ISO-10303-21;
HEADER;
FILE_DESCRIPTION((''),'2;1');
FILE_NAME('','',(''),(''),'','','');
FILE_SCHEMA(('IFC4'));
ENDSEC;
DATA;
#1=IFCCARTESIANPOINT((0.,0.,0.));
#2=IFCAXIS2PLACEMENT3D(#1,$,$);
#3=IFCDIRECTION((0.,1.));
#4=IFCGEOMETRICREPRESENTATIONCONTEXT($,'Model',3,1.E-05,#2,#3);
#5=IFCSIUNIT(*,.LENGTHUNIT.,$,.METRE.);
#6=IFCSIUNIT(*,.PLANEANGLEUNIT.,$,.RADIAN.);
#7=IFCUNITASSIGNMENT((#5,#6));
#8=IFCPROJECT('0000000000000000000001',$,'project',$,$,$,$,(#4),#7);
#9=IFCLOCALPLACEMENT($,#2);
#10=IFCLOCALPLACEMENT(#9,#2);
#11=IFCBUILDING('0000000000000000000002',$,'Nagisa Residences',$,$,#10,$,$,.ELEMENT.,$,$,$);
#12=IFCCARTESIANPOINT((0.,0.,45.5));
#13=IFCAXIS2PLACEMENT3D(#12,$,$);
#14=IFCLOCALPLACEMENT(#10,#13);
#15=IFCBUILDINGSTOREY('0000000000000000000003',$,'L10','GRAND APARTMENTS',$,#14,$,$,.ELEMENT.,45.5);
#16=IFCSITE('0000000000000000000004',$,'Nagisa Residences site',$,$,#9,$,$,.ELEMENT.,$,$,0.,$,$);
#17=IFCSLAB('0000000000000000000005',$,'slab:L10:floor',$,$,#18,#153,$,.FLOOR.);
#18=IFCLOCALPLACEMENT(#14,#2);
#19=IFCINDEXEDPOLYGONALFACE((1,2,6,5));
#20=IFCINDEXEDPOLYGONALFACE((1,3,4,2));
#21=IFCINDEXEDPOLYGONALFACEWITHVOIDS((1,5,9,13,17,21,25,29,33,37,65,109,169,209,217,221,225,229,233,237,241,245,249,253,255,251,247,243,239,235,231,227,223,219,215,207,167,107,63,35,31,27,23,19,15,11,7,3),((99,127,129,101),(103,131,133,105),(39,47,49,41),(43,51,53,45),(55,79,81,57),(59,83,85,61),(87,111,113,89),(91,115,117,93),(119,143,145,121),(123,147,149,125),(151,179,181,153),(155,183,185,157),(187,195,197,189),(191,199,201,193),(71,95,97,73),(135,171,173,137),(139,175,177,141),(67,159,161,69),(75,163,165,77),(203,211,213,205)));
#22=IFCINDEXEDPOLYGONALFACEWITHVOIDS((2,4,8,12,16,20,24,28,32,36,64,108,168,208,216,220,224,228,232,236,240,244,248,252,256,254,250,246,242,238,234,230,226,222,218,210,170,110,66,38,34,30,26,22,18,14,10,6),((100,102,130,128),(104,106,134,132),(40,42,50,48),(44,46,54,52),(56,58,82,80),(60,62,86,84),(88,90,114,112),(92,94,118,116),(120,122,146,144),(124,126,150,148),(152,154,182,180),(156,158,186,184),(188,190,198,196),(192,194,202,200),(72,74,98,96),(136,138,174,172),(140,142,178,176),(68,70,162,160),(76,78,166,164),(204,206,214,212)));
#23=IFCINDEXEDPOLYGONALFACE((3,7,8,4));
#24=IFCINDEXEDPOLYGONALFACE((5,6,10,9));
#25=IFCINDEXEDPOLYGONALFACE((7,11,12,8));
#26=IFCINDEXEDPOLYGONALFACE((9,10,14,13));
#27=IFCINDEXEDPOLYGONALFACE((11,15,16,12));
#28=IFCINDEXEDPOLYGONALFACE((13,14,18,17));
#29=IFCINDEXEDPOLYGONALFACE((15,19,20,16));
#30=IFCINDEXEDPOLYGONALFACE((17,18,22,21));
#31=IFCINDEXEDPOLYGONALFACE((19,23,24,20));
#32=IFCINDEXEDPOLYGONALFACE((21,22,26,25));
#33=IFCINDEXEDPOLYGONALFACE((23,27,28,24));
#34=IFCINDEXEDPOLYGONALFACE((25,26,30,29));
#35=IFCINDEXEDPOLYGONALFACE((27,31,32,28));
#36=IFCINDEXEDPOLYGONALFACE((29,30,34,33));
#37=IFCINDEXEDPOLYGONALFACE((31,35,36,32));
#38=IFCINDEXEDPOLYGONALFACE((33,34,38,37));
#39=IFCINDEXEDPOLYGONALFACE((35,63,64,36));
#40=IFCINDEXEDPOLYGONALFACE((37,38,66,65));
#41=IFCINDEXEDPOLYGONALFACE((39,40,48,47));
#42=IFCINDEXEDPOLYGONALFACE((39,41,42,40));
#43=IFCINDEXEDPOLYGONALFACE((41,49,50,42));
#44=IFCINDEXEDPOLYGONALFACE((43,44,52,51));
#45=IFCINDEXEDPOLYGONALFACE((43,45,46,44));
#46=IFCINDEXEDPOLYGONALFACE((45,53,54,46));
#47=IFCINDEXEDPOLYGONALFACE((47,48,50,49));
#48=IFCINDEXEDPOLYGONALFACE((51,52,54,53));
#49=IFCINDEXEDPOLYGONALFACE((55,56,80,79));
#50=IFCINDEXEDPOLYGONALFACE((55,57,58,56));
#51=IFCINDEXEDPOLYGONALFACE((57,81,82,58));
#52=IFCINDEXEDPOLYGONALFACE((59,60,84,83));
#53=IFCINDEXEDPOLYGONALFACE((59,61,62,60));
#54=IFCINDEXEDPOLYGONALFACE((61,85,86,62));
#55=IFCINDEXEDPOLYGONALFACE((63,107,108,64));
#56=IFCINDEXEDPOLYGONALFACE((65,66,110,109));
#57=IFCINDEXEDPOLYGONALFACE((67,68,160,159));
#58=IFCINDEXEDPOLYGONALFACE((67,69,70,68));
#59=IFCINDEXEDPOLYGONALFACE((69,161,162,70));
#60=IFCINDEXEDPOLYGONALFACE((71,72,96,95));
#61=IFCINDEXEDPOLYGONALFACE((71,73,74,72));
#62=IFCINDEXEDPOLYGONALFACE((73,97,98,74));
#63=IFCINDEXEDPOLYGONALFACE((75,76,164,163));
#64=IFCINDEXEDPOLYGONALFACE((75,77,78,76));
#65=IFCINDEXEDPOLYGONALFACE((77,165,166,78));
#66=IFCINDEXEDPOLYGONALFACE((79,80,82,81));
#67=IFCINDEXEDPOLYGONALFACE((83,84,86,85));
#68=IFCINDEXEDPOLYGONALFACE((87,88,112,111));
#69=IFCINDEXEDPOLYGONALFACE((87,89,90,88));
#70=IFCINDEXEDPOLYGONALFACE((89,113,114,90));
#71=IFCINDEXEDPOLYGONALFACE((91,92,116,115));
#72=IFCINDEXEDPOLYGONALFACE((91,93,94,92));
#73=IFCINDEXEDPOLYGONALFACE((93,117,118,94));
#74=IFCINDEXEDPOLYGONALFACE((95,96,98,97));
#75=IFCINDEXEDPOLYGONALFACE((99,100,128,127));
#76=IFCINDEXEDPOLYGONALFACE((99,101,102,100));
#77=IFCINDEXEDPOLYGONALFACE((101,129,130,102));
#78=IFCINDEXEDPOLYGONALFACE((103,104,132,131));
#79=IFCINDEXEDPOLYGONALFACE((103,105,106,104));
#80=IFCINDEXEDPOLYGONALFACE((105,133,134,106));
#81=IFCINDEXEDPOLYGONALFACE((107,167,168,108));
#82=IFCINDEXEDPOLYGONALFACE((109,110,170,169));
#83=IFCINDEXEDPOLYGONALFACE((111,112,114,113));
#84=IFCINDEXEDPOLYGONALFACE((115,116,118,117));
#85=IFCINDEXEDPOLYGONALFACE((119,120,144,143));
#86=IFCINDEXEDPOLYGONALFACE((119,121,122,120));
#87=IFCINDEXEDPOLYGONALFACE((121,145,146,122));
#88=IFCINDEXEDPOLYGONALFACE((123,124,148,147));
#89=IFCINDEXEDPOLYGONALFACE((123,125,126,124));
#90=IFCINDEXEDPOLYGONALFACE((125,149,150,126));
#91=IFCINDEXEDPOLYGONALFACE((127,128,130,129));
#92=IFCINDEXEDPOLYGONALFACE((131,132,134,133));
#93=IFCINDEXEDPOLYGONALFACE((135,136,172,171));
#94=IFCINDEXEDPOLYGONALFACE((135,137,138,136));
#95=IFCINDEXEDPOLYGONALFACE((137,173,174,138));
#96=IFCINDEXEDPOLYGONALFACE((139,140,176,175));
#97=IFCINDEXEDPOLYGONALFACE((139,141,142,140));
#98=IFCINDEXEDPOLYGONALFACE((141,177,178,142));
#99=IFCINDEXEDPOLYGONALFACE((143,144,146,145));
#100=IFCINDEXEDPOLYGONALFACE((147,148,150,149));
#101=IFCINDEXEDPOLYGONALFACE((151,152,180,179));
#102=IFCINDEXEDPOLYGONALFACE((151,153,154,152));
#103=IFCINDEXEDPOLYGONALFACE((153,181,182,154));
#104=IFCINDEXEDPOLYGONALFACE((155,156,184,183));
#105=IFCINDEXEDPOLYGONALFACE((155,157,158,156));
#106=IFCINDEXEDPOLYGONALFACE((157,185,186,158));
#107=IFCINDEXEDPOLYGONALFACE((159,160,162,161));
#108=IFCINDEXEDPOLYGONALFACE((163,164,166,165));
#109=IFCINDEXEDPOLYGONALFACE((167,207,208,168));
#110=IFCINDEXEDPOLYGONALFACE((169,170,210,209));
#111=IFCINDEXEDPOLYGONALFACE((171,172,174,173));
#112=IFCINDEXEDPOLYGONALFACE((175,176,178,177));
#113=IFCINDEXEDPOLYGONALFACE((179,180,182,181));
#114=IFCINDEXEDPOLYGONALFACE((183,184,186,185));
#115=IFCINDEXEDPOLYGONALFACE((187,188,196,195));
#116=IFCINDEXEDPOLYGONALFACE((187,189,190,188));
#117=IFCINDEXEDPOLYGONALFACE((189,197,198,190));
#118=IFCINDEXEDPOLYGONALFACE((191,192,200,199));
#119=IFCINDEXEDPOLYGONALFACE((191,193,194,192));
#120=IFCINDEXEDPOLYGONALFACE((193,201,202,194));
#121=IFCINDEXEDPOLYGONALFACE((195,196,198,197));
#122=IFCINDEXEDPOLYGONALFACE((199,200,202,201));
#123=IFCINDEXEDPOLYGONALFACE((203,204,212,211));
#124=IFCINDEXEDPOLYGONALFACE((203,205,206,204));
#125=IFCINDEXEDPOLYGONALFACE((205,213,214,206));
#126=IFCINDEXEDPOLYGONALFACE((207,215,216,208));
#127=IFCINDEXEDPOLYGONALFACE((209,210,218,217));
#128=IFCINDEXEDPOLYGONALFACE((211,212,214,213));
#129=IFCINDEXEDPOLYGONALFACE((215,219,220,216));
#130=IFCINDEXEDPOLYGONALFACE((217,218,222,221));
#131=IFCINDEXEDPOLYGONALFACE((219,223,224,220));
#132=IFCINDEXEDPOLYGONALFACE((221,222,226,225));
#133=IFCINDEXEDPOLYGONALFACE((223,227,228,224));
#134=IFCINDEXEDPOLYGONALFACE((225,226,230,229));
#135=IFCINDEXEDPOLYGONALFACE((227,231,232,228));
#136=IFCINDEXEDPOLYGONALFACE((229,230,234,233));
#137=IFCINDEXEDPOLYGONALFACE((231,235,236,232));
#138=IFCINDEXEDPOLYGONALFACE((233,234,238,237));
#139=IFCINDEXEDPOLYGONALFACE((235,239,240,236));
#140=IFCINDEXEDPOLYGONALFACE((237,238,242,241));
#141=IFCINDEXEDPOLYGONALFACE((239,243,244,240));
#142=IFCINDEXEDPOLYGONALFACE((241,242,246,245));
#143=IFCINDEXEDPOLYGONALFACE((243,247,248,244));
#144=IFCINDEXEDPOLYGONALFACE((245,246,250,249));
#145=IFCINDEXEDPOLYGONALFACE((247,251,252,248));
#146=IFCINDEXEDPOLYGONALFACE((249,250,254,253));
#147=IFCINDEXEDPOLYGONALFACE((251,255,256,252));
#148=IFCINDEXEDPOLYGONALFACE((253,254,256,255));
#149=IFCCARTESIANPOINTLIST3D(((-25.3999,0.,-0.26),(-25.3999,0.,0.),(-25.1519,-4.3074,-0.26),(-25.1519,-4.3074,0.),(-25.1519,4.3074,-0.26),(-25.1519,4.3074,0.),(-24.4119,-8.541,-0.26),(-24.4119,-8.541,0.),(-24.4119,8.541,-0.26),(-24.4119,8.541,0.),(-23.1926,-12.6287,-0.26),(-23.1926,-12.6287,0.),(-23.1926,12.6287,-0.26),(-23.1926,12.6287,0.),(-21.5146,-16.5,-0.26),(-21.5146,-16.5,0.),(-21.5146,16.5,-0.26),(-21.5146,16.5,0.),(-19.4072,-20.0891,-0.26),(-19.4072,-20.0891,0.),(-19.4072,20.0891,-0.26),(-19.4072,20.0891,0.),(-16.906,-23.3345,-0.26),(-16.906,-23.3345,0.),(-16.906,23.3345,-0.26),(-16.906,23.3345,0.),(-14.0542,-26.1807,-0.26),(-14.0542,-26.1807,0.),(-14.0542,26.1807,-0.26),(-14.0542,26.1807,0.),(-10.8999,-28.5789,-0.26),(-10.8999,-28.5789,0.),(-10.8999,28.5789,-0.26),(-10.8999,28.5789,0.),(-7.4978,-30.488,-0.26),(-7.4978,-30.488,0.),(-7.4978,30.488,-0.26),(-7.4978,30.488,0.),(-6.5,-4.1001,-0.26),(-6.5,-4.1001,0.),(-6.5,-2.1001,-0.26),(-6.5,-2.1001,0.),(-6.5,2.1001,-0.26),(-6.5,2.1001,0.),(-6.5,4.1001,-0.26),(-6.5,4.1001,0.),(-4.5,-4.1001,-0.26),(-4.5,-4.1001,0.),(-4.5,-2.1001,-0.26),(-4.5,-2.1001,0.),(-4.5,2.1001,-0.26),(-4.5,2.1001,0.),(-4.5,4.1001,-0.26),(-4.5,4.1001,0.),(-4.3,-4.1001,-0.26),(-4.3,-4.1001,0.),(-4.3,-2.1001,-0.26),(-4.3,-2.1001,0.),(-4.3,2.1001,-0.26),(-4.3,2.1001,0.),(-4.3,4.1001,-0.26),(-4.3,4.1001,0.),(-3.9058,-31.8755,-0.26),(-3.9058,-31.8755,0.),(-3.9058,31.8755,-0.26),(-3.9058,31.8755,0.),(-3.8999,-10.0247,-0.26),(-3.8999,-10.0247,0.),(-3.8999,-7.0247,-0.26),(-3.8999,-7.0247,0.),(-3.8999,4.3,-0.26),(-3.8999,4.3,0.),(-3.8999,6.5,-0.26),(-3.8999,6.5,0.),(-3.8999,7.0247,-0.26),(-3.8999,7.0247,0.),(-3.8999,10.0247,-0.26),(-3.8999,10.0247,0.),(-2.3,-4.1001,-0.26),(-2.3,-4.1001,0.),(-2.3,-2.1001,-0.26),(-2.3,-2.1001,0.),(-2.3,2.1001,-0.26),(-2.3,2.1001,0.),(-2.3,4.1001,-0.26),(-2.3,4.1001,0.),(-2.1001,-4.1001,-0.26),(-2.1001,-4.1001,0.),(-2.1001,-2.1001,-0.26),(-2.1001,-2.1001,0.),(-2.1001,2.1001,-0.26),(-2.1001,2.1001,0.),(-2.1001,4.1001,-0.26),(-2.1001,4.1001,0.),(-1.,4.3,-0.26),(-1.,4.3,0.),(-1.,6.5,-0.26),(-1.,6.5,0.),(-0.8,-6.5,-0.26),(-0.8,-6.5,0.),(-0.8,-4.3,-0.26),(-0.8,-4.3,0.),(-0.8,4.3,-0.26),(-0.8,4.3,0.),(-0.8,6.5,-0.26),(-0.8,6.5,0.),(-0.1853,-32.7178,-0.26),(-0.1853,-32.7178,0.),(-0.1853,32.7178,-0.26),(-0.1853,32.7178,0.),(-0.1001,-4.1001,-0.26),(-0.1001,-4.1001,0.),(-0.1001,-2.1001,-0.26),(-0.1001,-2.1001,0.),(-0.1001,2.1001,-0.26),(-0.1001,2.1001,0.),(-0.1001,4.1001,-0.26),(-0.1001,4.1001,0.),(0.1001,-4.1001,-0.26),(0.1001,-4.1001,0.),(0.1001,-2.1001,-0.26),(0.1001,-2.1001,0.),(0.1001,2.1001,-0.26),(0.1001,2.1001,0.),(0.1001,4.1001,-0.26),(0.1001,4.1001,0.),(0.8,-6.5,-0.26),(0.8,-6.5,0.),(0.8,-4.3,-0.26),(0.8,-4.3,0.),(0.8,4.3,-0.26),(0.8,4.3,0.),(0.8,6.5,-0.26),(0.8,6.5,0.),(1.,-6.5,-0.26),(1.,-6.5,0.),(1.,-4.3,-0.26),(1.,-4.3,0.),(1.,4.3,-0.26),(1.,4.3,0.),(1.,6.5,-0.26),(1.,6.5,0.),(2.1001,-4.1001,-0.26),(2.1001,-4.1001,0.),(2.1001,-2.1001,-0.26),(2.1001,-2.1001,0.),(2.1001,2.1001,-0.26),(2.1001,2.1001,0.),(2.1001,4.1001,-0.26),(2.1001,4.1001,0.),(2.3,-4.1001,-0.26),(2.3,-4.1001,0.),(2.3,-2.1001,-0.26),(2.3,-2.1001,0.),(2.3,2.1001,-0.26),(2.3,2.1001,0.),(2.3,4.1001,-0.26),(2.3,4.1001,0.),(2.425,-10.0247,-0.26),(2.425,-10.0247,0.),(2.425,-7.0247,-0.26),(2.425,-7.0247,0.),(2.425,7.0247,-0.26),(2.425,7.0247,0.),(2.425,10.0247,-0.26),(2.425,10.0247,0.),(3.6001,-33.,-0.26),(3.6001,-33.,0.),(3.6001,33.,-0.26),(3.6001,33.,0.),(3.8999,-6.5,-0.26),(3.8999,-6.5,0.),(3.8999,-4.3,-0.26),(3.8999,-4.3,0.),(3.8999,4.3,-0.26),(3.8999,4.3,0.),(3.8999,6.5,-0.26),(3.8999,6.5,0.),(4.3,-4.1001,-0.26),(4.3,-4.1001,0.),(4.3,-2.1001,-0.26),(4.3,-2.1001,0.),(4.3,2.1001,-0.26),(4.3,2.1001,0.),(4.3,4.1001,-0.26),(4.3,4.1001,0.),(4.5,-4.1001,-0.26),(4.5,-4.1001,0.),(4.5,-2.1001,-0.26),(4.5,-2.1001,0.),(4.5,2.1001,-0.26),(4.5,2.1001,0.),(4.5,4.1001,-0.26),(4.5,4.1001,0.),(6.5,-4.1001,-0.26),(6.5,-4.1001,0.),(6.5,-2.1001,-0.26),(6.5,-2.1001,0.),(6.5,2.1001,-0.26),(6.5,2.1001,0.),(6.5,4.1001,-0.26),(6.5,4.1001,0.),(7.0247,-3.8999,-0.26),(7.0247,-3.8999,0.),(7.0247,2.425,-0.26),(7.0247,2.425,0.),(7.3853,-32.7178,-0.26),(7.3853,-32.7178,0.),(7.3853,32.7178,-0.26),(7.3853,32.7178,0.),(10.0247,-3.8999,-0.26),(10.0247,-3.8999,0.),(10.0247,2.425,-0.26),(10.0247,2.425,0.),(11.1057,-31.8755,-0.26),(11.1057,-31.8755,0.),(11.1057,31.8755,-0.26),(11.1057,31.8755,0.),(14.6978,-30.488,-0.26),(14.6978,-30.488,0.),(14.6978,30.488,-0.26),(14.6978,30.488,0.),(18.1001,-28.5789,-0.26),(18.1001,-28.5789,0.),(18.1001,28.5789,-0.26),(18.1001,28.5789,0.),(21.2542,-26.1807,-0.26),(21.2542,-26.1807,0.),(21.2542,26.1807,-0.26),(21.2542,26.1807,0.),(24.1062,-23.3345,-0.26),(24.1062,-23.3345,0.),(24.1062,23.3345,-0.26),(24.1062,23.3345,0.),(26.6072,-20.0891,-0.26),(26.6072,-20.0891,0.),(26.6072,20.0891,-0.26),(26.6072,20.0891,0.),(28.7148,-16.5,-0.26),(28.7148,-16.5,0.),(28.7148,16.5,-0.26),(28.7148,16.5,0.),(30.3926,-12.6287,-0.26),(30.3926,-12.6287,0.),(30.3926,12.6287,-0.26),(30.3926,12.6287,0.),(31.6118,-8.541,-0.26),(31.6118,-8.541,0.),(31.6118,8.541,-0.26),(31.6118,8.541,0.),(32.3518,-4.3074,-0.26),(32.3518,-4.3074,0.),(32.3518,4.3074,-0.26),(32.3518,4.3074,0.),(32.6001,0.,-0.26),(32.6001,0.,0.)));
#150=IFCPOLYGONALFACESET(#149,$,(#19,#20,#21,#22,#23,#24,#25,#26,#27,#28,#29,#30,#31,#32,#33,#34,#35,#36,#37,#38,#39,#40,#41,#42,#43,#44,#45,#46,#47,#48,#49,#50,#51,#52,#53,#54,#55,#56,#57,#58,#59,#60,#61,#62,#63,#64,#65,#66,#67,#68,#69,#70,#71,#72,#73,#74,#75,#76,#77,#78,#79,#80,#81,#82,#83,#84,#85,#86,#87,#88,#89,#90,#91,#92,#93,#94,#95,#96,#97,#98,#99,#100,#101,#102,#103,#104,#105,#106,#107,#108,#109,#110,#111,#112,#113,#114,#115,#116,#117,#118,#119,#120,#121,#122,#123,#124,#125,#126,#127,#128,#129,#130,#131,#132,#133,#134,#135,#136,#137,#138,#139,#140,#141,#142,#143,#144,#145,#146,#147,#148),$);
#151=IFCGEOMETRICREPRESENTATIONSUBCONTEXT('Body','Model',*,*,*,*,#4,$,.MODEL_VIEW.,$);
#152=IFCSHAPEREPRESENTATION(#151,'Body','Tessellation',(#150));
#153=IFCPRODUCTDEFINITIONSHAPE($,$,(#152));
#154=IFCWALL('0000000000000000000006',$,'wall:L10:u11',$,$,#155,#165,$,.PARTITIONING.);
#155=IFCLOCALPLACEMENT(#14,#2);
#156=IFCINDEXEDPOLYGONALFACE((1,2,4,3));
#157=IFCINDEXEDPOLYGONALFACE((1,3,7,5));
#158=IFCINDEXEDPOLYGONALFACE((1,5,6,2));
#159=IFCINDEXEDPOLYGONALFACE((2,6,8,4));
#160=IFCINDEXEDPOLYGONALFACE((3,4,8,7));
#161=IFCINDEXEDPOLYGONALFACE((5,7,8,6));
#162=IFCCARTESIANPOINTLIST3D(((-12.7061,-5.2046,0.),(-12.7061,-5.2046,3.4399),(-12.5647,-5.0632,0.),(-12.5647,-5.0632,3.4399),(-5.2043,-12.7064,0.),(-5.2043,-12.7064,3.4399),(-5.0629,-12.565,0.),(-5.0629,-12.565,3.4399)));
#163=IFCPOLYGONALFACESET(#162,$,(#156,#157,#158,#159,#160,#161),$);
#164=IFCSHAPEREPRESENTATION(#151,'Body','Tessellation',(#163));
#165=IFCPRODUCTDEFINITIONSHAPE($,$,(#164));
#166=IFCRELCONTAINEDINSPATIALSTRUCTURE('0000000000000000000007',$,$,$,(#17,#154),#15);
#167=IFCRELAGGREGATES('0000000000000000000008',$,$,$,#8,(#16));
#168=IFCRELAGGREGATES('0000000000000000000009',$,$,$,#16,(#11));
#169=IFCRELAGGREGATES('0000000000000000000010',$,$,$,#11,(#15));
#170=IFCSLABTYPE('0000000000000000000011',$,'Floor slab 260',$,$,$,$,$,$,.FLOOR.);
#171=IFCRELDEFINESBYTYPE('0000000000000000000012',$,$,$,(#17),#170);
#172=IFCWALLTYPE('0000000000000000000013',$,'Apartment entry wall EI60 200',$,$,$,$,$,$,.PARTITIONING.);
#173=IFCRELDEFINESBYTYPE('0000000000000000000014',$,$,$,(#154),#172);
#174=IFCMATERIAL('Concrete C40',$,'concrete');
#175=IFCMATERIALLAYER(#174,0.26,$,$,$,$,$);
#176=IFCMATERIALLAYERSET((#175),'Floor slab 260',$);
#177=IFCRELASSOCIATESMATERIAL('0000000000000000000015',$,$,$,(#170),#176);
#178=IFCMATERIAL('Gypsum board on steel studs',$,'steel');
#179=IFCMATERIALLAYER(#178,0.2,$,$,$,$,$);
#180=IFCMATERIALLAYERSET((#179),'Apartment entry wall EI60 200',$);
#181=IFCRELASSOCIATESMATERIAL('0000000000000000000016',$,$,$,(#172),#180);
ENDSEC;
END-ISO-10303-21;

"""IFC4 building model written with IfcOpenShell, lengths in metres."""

from ifc_helpers import new_model, si_unit, direction, frame, frame_2d, origin, place, context, subcontext, project, spatial, polyline, rectangle, outline, extrude, material, layer, layer_set, type_object, element, save


model = new_model("IFC4")

# Units and contexts
model_context = context("Model", 3, precision=1e-05, world=origin(), true_north=direction((0.0, 1.0)))
body_context = subcontext(model_context, "Body", "Model", "MODEL_VIEW")
ifc_project = project(units=[si_unit("LENGTHUNIT", "METRE"), si_unit("PLANEANGLEUNIT", "RADIAN")], contexts=[model_context])

# Site, building, storey
site_placement = place(None, origin())
site = spatial("IfcSite", under=ifc_project, at=site_placement, Name="Nagisa Residences site", CompositionType="ELEMENT", RefElevation=0.0)
building_placement = place(site_placement, origin())
building = spatial("IfcBuilding", under=site, at=building_placement, Name="Nagisa Residences", CompositionType="ELEMENT")
storey_placement = place(building_placement, frame((0.0, 0.0, 45.5)))
storey = spatial("IfcBuildingStorey", under=building, at=storey_placement, Name="L10", Description="GRAND APARTMENTS", CompositionType="ELEMENT", Elevation=45.5)

# Slab
ifc_material_1 = material(Name="Concrete C40", Category="concrete")
ifc_layer_1 = layer(ifc_material_1, 0.26)
ifc_layer_set_1 = layer_set([ifc_layer_1], Name="Floor slab 260")
slab_type_1 = type_object("IfcSlabType", Name="Floor slab 260", PredefinedType="FLOOR", material=ifc_layer_set_1)
slab_1_placement = place(storey_placement, frame((0.0, 0.0, -0.26)))
element("IfcSlab", 1, at=slab_1_placement, inside=storey, type_object=slab_type_1, Name="slab:L10:floor", PredefinedType="FLOOR", context=body_context, shape_type="SweptSolid", body=[
    extrude(outline(polyline([(32.6001, 0.0), (32.3518, 4.3074), (31.6118, 8.541), (30.3926, 12.6287), (28.7148, 16.5), (26.6072, 20.0891), (24.1062, 23.3345), (21.2542, 26.1807), (18.1001, 28.5789), (14.6978, 30.488), (11.1057, 31.8755), (7.3853, 32.7178), (3.6001, 33.0), (-0.1853, 32.7178), (-3.9058, 31.8755), (-7.4978, 30.488), (-10.8999, 28.5789), (-14.0542, 26.1807), (-16.906, 23.3345), (-19.4072, 20.0891), (-21.5146, 16.5), (-23.1926, 12.6287), (-24.4119, 8.541), (-25.1519, 4.3074), (-25.3999, 0.0), (-25.1519, -4.3074), (-24.4119, -8.541), (-23.1926, -12.6287), (-21.5146, -16.5), (-19.4072, -20.0891), (-16.906, -23.3345), (-14.0542, -26.1807), (-10.8999, -28.5789), (-7.4978, -30.488), (-3.9058, -31.8755), (-0.1853, -32.7178), (3.6001, -33.0), (7.3853, -32.7178), (11.1057, -31.8755), (14.6978, -30.488), (18.1001, -28.5789), (21.2542, -26.1807), (24.1062, -23.3345), (26.6072, -20.0891), (28.7148, -16.5), (30.3926, -12.6287), (31.6118, -8.541), (32.3518, -4.3074), (32.6001, 0.0)]), holes=[polyline([(-4.5, 2.1001), (-4.5, 4.1001), (-6.5, 4.1001), (-6.5, 2.1001), (-4.5, 2.1001)]), polyline([(-2.3, 2.1001), (-2.3, 4.1001), (-4.3, 4.1001), (-4.3, 2.1001), (-2.3, 2.1001)]), polyline([(-0.1001, 2.1001), (-0.1001, 4.1001), (-2.1001, 4.1001), (-2.1001, 2.1001), (-0.1001, 2.1001)]), polyline([(2.1001, 2.1001), (2.1001, 4.1001), (0.1001, 4.1001), (0.1001, 2.1001), (2.1001, 2.1001)]), polyline([(4.3, 2.1001), (4.3, 4.1001), (2.3, 4.1001), (2.3, 2.1001), (4.3, 2.1001)]), polyline([(6.5, 2.1001), (6.5, 4.1001), (4.5, 4.1001), (4.5, 2.1001), (6.5, 2.1001)]), polyline([(-4.5, -4.1001), (-4.5, -2.1001), (-6.5, -2.1001), (-6.5, -4.1001), (-4.5, -4.1001)]), polyline([(-2.3, -4.1001), (-2.3, -2.1001), (-4.3, -2.1001), (-4.3, -4.1001), (-2.3, -4.1001)]), polyline([(-0.1001, -4.1001), (-0.1001, -2.1001), (-2.1001, -2.1001), (-2.1001, -4.1001), (-0.1001, -4.1001)]), polyline([(2.1001, -4.1001), (2.1001, -2.1001), (0.1001, -2.1001), (0.1001, -4.1001), (2.1001, -4.1001)]), polyline([(4.3, -4.1001), (4.3, -2.1001), (2.3, -2.1001), (2.3, -4.1001), (4.3, -4.1001)]), polyline([(6.5, -4.1001), (6.5, -2.1001), (4.5, -2.1001), (4.5, -4.1001), (6.5, -4.1001)]), polyline([(3.8999, 4.3), (3.8999, 6.5), (1.0, 6.5), (1.0, 4.3), (3.8999, 4.3)]), polyline([(3.8999, -6.5), (3.8999, -4.3), (1.0, -4.3), (1.0, -6.5), (3.8999, -6.5)]), polyline([(-1.0, 4.3), (-1.0, 6.5), (-3.8999, 6.5), (-3.8999, 4.3), (-1.0, 4.3)]), polyline([(0.8, 4.3), (0.8, 6.5), (-0.8, 6.5), (-0.8, 4.3), (0.8, 4.3)]), polyline([(0.8, -6.5), (0.8, -4.3), (-0.8, -4.3), (-0.8, -6.5), (0.8, -6.5)]), polyline([(10.0247, -3.8999), (7.0247, -3.8999), (7.0247, 2.425), (10.0247, 2.425), (10.0247, -3.8999)]), polyline([(-3.8999, 7.0247), (-3.8999, 10.0247), (2.425, 10.0247), (2.425, 7.0247), (-3.8999, 7.0247)]), polyline([(-3.8999, -10.0247), (-3.8999, -7.0247), (2.425, -7.0247), (2.425, -10.0247), (-3.8999, -10.0247)])]), origin(), (0.0, 0.0, 1.0), 0.26),
])

# Wall
ifc_material_2 = material(Name="Gypsum board on steel studs", Category="steel")
ifc_layer_2 = layer(ifc_material_2, 0.2)
ifc_layer_set_2 = layer_set([ifc_layer_2], Name="Apartment entry wall EI60 200")
wall_type_1 = type_object("IfcWallType", Name="Apartment entry wall EI60 200", PredefinedType="PARTITIONING", material=ifc_layer_set_2)
wall_1_placement = place(storey_placement, frame((-12.6355, -5.1338, 0.0), z_axis=(0.0, 0.0, 1.0), x_axis=(0.707107, -0.707107, 0.0)))
element("IfcWall", 2, at=wall_1_placement, inside=storey, type_object=wall_type_1, Name="wall:L10:u11", PredefinedType="PARTITIONING", context=body_context, shape_type="SweptSolid", body=[
    extrude(rectangle(XDim=10.6091, YDim=0.2, at=frame_2d((5.3047, 0.0))), origin(), (0.0, 0.0, 1.0), 3.4399),
])

save(model, "model.ifc")
